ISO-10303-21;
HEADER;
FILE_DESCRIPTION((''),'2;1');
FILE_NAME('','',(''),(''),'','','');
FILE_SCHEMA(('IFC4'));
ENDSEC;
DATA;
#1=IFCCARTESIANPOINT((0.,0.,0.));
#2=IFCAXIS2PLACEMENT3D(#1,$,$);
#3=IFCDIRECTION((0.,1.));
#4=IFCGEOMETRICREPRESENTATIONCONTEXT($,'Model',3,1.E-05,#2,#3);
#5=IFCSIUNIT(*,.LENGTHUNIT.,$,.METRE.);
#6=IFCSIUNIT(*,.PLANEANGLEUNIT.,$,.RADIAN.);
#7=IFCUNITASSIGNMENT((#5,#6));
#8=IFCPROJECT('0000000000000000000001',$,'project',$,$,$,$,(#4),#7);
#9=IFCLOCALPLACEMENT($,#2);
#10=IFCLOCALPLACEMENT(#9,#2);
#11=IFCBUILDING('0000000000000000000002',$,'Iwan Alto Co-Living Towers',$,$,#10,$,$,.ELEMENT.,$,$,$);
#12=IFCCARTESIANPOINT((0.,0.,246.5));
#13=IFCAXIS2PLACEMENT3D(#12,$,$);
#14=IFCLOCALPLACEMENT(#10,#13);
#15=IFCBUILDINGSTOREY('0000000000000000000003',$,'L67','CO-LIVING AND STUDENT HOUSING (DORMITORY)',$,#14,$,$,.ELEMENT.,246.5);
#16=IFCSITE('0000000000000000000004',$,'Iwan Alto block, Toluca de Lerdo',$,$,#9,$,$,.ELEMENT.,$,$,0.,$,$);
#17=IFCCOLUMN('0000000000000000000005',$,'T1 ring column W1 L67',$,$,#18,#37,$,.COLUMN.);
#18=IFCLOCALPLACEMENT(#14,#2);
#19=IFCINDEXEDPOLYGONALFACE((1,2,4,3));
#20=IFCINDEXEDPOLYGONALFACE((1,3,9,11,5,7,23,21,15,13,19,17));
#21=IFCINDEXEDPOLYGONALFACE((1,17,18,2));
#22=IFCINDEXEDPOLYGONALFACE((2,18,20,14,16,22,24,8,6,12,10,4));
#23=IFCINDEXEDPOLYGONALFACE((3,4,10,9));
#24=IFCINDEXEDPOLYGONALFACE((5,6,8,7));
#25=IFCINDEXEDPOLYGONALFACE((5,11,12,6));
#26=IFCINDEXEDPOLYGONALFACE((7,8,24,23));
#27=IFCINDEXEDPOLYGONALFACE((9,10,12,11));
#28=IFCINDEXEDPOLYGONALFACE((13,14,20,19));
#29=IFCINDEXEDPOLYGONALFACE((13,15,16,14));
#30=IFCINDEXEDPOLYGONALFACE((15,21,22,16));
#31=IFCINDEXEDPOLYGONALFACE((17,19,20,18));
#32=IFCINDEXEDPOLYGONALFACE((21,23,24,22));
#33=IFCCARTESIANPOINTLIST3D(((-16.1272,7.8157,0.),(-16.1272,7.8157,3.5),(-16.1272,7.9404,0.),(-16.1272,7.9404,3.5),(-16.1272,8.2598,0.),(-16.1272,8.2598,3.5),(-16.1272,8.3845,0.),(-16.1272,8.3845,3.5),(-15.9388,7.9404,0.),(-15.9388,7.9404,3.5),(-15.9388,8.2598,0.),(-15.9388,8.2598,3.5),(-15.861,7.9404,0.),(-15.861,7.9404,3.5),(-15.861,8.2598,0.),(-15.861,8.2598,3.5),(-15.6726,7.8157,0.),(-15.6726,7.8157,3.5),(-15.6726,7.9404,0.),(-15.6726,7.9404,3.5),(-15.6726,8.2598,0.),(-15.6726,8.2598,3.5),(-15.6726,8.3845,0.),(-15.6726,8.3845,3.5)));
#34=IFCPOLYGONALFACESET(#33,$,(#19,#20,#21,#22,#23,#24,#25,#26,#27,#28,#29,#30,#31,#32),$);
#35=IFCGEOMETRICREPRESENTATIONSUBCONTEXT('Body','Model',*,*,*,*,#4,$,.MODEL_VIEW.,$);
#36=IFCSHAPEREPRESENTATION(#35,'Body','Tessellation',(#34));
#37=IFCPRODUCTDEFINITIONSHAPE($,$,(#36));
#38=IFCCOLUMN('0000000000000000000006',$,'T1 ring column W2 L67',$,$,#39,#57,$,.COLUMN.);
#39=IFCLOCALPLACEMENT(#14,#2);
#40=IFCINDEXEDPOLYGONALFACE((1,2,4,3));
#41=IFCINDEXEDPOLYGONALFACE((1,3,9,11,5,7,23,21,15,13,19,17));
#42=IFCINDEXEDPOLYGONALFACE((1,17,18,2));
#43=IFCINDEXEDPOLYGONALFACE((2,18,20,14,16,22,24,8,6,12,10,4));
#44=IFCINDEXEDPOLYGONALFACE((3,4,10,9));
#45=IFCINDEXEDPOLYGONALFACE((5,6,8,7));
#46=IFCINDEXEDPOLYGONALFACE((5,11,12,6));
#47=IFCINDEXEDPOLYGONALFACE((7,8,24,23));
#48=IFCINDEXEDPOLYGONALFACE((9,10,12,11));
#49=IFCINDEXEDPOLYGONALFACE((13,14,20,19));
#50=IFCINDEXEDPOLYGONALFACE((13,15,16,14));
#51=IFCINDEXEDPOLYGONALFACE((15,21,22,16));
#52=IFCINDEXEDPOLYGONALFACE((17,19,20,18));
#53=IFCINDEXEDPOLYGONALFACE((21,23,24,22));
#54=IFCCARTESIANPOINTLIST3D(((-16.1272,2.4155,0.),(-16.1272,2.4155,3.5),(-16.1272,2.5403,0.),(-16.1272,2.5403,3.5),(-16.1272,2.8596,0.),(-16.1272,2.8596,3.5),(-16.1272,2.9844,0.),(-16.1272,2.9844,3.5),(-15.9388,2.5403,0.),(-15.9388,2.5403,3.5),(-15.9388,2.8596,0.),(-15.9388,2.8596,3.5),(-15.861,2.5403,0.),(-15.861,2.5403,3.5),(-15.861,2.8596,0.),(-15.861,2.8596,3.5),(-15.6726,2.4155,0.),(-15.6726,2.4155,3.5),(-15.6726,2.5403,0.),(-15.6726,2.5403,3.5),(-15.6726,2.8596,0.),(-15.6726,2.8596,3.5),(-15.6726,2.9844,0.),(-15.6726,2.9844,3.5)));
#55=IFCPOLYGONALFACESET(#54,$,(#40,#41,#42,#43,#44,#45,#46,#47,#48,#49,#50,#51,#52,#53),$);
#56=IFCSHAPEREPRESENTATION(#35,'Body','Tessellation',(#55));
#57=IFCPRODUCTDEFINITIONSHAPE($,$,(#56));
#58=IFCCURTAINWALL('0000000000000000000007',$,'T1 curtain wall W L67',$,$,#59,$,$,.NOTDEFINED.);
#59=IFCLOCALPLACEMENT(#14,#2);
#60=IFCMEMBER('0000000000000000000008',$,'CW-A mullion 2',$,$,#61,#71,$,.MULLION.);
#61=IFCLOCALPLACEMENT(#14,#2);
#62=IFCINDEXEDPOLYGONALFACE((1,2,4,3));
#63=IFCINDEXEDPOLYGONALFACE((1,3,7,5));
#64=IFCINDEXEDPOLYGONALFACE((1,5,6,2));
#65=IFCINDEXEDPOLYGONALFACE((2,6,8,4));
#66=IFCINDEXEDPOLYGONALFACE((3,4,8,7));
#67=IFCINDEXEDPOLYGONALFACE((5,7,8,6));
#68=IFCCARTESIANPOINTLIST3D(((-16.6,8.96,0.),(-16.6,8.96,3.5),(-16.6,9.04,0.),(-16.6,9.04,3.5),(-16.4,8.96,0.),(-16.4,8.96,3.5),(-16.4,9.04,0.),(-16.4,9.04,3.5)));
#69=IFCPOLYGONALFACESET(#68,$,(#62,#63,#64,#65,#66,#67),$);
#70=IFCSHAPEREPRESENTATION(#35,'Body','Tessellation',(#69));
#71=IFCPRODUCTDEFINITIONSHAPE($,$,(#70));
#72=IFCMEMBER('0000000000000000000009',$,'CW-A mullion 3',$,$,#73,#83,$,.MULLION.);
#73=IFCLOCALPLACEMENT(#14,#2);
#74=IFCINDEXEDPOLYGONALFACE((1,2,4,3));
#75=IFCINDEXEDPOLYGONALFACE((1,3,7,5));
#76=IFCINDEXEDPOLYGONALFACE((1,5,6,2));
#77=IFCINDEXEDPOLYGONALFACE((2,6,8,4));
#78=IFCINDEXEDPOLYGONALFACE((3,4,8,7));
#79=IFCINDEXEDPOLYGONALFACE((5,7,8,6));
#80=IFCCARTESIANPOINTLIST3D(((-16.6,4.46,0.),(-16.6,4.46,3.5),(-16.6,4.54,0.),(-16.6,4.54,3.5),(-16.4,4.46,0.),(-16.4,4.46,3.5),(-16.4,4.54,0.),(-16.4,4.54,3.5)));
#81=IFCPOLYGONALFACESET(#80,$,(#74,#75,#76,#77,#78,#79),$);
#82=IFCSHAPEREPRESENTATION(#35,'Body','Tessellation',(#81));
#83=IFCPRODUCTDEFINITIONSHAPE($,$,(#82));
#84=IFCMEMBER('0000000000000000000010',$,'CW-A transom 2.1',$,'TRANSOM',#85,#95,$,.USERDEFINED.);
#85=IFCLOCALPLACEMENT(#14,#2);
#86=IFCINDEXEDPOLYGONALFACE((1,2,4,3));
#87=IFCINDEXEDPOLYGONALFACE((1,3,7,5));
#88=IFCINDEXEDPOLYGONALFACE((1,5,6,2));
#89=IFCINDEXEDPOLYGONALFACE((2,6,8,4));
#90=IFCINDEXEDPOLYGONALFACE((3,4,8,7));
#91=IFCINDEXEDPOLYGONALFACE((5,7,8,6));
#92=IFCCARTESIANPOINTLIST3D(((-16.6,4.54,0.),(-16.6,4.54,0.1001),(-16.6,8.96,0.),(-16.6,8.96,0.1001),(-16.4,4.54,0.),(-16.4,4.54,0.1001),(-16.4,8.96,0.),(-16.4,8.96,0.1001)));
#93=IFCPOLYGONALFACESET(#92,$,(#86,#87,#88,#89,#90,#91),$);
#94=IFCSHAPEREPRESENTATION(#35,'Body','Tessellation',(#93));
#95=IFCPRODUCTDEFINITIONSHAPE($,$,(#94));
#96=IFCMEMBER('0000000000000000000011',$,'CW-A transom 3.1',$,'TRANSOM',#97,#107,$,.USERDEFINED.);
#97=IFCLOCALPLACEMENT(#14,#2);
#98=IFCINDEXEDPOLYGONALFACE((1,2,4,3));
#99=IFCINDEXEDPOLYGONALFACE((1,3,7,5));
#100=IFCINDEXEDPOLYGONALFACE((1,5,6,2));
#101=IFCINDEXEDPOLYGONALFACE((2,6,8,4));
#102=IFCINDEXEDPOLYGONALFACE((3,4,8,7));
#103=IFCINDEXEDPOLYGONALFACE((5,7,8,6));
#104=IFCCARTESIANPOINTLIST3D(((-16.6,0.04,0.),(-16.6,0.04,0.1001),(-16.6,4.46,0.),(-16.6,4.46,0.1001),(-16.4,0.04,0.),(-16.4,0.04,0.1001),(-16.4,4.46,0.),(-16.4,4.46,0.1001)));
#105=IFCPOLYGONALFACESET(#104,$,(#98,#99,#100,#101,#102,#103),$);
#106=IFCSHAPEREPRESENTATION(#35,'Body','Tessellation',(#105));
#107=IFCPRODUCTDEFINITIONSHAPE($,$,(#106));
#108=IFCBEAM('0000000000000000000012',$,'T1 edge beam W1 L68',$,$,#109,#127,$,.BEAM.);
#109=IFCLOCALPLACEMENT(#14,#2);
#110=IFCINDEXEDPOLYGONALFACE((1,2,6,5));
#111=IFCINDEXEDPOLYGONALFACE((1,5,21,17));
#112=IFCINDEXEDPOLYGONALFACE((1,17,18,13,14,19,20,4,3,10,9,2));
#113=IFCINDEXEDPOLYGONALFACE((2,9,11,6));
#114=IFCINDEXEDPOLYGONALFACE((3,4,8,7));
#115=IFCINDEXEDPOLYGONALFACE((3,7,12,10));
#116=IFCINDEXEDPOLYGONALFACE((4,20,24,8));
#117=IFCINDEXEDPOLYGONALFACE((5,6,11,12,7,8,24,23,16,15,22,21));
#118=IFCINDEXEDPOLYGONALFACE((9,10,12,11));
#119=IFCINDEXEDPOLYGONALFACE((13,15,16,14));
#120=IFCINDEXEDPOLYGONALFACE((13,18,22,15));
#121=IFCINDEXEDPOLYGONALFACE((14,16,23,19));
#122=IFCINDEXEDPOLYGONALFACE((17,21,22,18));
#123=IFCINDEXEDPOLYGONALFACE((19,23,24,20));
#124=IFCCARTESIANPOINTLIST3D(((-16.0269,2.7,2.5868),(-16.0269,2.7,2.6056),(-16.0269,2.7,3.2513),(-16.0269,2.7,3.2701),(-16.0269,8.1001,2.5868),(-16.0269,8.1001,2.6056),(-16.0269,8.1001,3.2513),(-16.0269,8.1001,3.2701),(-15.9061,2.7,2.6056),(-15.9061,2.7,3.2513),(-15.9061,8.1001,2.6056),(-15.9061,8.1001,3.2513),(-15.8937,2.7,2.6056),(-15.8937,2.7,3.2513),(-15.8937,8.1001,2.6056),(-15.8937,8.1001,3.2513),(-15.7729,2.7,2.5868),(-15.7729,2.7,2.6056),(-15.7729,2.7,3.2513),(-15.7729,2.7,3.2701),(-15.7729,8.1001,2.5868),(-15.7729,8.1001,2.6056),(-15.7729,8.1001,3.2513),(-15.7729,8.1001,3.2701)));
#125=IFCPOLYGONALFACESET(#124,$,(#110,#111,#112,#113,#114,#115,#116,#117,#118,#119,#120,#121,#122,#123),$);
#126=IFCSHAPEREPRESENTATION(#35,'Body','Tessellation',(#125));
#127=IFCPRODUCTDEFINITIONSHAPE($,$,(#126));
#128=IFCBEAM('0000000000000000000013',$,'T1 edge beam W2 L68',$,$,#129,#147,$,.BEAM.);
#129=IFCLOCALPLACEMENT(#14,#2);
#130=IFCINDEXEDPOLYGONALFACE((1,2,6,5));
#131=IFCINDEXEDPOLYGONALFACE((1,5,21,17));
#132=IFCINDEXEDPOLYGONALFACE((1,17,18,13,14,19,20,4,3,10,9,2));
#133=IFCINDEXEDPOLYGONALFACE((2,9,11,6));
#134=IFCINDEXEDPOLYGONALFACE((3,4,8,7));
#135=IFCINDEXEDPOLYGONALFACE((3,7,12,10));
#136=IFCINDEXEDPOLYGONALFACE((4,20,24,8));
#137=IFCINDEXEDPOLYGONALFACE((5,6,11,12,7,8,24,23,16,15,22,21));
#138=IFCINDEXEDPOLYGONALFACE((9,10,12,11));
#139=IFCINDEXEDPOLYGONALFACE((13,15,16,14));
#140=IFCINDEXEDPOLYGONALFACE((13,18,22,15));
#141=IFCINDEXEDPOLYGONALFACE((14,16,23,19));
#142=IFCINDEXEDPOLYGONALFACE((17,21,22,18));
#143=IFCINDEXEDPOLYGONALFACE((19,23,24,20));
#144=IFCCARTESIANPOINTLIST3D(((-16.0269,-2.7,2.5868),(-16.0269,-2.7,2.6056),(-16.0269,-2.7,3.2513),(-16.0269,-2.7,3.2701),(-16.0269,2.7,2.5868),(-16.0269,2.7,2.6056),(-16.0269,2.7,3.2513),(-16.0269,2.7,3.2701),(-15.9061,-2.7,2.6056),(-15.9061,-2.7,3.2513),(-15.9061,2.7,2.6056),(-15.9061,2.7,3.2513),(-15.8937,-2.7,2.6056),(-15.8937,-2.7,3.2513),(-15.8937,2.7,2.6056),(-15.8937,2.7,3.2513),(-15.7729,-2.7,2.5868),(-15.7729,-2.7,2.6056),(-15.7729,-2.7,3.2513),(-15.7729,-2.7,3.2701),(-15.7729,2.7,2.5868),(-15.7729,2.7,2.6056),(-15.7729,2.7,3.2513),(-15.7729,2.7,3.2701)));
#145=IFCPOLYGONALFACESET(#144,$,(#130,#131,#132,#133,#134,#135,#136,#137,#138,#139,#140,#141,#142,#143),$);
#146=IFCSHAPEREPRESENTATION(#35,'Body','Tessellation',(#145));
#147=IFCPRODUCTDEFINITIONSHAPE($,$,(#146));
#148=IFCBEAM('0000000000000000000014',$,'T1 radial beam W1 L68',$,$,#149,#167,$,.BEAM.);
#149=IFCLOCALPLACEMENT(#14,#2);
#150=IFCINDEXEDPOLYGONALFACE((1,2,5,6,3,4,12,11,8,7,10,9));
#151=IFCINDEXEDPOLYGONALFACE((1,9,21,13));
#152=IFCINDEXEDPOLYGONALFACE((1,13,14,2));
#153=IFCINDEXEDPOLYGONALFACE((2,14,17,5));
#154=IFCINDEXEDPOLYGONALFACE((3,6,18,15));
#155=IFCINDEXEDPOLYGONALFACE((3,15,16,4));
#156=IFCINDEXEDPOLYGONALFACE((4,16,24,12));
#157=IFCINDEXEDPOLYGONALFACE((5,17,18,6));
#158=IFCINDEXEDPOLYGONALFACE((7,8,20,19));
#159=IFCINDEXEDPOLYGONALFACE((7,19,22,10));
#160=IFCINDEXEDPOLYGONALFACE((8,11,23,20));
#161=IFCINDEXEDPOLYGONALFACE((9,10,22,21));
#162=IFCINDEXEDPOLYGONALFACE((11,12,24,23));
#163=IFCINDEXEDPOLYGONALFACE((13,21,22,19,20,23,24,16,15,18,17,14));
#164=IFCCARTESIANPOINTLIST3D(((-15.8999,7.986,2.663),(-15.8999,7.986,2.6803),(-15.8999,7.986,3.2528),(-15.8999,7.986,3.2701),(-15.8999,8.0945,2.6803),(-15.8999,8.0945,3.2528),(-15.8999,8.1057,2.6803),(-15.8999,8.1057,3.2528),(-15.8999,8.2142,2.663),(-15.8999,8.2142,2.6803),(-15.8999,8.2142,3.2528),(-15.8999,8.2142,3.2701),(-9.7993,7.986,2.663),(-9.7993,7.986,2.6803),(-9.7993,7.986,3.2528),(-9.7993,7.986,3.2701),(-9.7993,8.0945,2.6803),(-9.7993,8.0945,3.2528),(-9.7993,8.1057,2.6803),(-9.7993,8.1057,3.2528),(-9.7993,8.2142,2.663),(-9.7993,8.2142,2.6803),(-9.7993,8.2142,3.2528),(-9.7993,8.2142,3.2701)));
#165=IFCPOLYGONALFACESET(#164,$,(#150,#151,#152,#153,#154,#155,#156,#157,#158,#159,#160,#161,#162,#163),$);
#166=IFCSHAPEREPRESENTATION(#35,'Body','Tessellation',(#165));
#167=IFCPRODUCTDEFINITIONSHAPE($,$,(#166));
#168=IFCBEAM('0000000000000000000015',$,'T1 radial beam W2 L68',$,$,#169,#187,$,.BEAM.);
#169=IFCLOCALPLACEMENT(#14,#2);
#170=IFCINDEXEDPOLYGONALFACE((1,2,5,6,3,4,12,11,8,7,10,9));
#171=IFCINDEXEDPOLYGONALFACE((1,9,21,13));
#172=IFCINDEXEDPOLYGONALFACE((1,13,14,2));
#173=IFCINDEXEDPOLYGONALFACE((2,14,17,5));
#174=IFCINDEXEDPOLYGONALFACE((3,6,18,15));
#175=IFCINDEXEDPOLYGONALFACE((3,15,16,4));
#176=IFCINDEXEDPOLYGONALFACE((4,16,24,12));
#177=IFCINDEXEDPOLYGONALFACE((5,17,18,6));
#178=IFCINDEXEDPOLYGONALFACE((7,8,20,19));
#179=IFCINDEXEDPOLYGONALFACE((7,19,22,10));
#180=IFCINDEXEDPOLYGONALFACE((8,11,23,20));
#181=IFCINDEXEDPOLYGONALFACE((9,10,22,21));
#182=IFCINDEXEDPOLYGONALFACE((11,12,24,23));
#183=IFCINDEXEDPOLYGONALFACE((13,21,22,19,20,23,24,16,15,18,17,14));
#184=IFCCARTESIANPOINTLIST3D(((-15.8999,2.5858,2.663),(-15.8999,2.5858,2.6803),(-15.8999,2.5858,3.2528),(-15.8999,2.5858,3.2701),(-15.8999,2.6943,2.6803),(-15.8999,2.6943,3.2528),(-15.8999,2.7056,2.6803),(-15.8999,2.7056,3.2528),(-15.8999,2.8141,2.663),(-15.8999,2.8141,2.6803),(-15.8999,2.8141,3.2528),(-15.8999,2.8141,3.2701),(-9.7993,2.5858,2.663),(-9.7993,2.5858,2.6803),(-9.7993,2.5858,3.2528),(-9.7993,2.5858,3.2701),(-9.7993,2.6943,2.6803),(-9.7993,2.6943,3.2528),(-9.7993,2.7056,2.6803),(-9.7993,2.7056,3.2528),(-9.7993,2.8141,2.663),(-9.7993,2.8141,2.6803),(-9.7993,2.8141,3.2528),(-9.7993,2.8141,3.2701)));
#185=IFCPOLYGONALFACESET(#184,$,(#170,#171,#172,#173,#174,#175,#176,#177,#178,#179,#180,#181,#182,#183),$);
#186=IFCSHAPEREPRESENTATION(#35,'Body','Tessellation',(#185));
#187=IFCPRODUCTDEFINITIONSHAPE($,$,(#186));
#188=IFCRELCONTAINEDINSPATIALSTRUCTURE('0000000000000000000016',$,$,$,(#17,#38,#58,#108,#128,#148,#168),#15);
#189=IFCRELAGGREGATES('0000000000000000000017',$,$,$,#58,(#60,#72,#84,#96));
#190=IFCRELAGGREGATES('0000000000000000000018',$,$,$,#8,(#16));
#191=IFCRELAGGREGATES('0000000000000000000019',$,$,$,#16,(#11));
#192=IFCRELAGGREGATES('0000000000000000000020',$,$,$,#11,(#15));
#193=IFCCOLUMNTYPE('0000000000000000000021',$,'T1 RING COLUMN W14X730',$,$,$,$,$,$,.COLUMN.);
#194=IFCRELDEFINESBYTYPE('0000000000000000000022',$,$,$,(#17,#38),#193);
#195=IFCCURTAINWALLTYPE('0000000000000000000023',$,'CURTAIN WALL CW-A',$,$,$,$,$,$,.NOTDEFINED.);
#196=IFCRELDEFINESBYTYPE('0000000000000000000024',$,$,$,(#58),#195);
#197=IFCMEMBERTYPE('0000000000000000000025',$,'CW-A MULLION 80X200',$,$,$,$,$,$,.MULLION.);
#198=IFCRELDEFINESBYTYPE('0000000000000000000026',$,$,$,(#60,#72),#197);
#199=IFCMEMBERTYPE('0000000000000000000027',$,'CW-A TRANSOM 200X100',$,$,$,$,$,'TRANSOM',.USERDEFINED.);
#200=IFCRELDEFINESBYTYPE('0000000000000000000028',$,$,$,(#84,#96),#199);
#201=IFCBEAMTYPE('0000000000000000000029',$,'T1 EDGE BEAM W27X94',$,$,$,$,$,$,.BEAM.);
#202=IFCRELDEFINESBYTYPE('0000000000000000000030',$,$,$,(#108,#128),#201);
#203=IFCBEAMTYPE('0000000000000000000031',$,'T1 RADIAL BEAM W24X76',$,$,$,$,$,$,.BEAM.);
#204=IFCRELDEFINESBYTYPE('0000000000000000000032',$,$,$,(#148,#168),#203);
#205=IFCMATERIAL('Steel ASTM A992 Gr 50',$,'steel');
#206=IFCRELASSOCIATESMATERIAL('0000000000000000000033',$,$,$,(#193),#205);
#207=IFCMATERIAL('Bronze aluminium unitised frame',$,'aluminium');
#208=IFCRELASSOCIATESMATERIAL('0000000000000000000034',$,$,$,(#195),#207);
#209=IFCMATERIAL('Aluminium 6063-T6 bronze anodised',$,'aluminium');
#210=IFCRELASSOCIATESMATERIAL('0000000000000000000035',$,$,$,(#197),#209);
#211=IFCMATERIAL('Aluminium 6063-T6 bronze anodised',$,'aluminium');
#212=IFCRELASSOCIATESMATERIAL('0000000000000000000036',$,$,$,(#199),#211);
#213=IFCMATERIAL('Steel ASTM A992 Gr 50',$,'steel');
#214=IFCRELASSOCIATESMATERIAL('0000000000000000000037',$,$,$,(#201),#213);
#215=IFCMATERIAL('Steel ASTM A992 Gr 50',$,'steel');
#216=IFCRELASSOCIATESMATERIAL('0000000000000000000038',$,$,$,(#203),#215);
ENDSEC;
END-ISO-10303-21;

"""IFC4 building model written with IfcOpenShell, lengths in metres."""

from ifc_helpers import new_model, si_unit, direction, frame, origin, origin_2d, place, context, subcontext, project, spatial, rectangle, i_section, extrude, material, material_profile, profile_set, type_object, element, aggregate, save


model = new_model("IFC4")

# Units and contexts
model_context = context("Model", 3, precision=1e-05, world=origin(), true_north=direction((0.0, 1.0)))
body_context = subcontext(model_context, "Body", "Model", "MODEL_VIEW")
ifc_project = project(units=[si_unit("LENGTHUNIT", "METRE"), si_unit("PLANEANGLEUNIT", "RADIAN")], contexts=[model_context])

# Site, building, storey
site_placement = place(None, origin())
site = spatial("IfcSite", under=ifc_project, at=site_placement, Name="Iwan Alto block, Toluca de Lerdo", CompositionType="ELEMENT", RefElevation=0.0)
building_placement = place(site_placement, origin())
building = spatial("IfcBuilding", under=site, at=building_placement, Name="Iwan Alto Co-Living Towers", CompositionType="ELEMENT")
storey_placement = place(building_placement, frame((0.0, 0.0, 246.5)))
storey = spatial("IfcBuildingStorey", under=building, at=storey_placement, Name="L67", Description="CO-LIVING AND STUDENT HOUSING (DORMITORY)", CompositionType="ELEMENT", Elevation=246.5)

# Columns
ifc_material_1 = material(Name="Steel ASTM A992 Gr 50", Category="steel")
ifc_material_profile_1 = material_profile(ifc_material_1, i_section(OverallWidth=0.4546, OverallDepth=0.5688, WebThickness=0.0779, FlangeThickness=0.1248, at=origin_2d()), Name="W14X730")
ifc_profile_set_1 = profile_set([ifc_material_profile_1], Name="Steel ASTM A992 Gr 50")
column_type = type_object("IfcColumnType", Name="T1 RING COLUMN W14X730", PredefinedType="COLUMN", material=ifc_profile_set_1)
for number, where, z_axis, x_axis, name in (
    (1, (-15.8999, 8.1001, 0.0), (0.0, 0.0, 1.0), (1.0, 0.0, 0.0), "T1 ring column W1 L67"),
    (2, (-15.8999, 2.7, 0.0), (0.0, 0.0, 1.0), (1.0, 0.0, 0.0), "T1 ring column W2 L67"),
):
    element("IfcColumn", number, at=place(storey_placement, frame(where, z_axis=z_axis, x_axis=x_axis)), inside=storey, type_object=column_type, Name=name, PredefinedType="COLUMN", context=body_context, shape_type="SweptSolid", body=[
        extrude(i_section(OverallWidth=0.4546, OverallDepth=0.5688, WebThickness=0.0779, FlangeThickness=0.1248, at=origin_2d()), origin(), (0.0, 0.0, 1.0), 3.5),
    ])

# Curtain wall, members
ifc_material_2 = material(Name="Bronze aluminium unitised frame", Category="aluminium")
curtain_wall_type = type_object("IfcCurtainWallType", Name="CURTAIN WALL CW-A", PredefinedType="NOTDEFINED", material=ifc_material_2)
curtain_wall_placement = place(storey_placement, origin())
curtain_wall = element("IfcCurtainWall", 3, at=curtain_wall_placement, inside=storey, type_object=curtain_wall_type, Name="T1 curtain wall W L67", PredefinedType="NOTDEFINED")
ifc_material_3 = material(Name="Aluminium 6063-T6 bronze anodised", Category="aluminium")
ifc_material_profile_2 = material_profile(ifc_material_3, rectangle(XDim=0.2, YDim=0.0801, at=origin_2d()), Name="AL 80X200")
ifc_profile_set_2 = profile_set([ifc_material_profile_2], Name="Aluminium 6063-T6 bronze anodised")
member_type_1 = type_object("IfcMemberType", Name="CW-A MULLION 80X200", PredefinedType="MULLION", material=ifc_profile_set_2)
member_1_placement = place(storey_placement, frame((-16.5, 9.0, 0.0), z_axis=(0.0, 0.0, 1.0), x_axis=(1.0, 0.0, 0.0)))
member_1 = element("IfcMember", 4, at=member_1_placement, type_object=member_type_1, Name="CW-A mullion 2", PredefinedType="MULLION", context=body_context, shape_type="SweptSolid", body=[
    extrude(rectangle(XDim=0.2, YDim=0.0801, at=origin_2d()), origin(), (0.0, 0.0, 1.0), 3.5),
])
member_2_placement = place(storey_placement, frame((-16.5, 4.5, 0.0), z_axis=(0.0, 0.0, 1.0), x_axis=(1.0, 0.0, 0.0)))
member_2 = element("IfcMember", 5, at=member_2_placement, type_object=member_type_1, Name="CW-A mullion 3", PredefinedType="MULLION", context=body_context, shape_type="SweptSolid", body=[
    extrude(rectangle(XDim=0.2, YDim=0.0801, at=origin_2d()), origin(), (0.0, 0.0, 1.0), 3.5),
])
ifc_material_4 = material(Name="Aluminium 6063-T6 bronze anodised", Category="aluminium")
ifc_material_profile_3 = material_profile(ifc_material_4, rectangle(XDim=0.2, YDim=0.1001, at=origin_2d()), Name="AL 200X100")
ifc_profile_set_3 = profile_set([ifc_material_profile_3], Name="Aluminium 6063-T6 bronze anodised")
member_type_2 = type_object("IfcMemberType", Name="CW-A TRANSOM 200X100", ElementType="TRANSOM", PredefinedType="USERDEFINED", material=ifc_profile_set_3)
member_3_placement = place(storey_placement, frame((-16.5, 8.96, 0.05), z_axis=(0.0, -1.0, 0.0), x_axis=(1.0, 0.0, 0.0)))
member_3 = element("IfcMember", 6, at=member_3_placement, type_object=member_type_2, Name="CW-A transom 2.1", ObjectType="TRANSOM", PredefinedType="USERDEFINED", context=body_context, shape_type="SweptSolid", body=[
    extrude(rectangle(XDim=0.2, YDim=0.1001, at=origin_2d()), origin(), (0.0, 0.0, 1.0), 4.4199),
])
member_4_placement = place(storey_placement, frame((-16.5, 4.46, 0.05), z_axis=(0.0, -1.0, 0.0), x_axis=(1.0, 0.0, 0.0)))
member_4 = element("IfcMember", 7, at=member_4_placement, type_object=member_type_2, Name="CW-A transom 3.1", ObjectType="TRANSOM", PredefinedType="USERDEFINED", context=body_context, shape_type="SweptSolid", body=[
    extrude(rectangle(XDim=0.2, YDim=0.1001, at=origin_2d()), origin(), (0.0, 0.0, 1.0), 4.4199),
])

# Beams
ifc_material_5 = material(Name="Steel ASTM A992 Gr 50", Category="steel")
ifc_material_profile_4 = material_profile(ifc_material_5, i_section(OverallWidth=0.2539, OverallDepth=0.6833, WebThickness=0.0125, FlangeThickness=0.0188, at=origin_2d()), Name="W27X94")
ifc_profile_set_4 = profile_set([ifc_material_profile_4], Name="Steel ASTM A992 Gr 50")
beam_type_1 = type_object("IfcBeamType", Name="T1 EDGE BEAM W27X94", PredefinedType="BEAM", material=ifc_profile_set_4)
beam_1_placement = place(storey_placement, frame((-15.8999, 8.1001, 2.9285), z_axis=(0.0, -1.0, 0.0), x_axis=(1.0, 0.0, 0.0)))
element("IfcBeam", 8, at=beam_1_placement, inside=storey, type_object=beam_type_1, Name="T1 edge beam W1 L68", PredefinedType="BEAM", context=body_context, shape_type="SweptSolid", body=[
    extrude(i_section(OverallWidth=0.2539, OverallDepth=0.6833, WebThickness=0.0125, FlangeThickness=0.0188, at=origin_2d()), origin(), (0.0, 0.0, 1.0), 5.4001),
])
beam_2_placement = place(storey_placement, frame((-15.8999, 2.7, 2.9285), z_axis=(0.0, -1.0, 0.0), x_axis=(1.0, 0.0, 0.0)))
element("IfcBeam", 9, at=beam_2_placement, inside=storey, type_object=beam_type_1, Name="T1 edge beam W2 L68", PredefinedType="BEAM", context=body_context, shape_type="SweptSolid", body=[
    extrude(i_section(OverallWidth=0.2539, OverallDepth=0.6833, WebThickness=0.0125, FlangeThickness=0.0188, at=origin_2d()), origin(), (0.0, 0.0, 1.0), 5.3999),
])
ifc_material_6 = material(Name="Steel ASTM A992 Gr 50", Category="steel")
ifc_material_profile_5 = material_profile(ifc_material_6, i_section(OverallWidth=0.2283, OverallDepth=0.6072, WebThickness=0.0112, FlangeThickness=0.0173, at=origin_2d()), Name="W24X76")
ifc_profile_set_5 = profile_set([ifc_material_profile_5], Name="Steel ASTM A992 Gr 50")
beam_type_2 = type_object("IfcBeamType", Name="T1 RADIAL BEAM W24X76", PredefinedType="BEAM", material=ifc_profile_set_5)
for number, where, z_axis, x_axis, name in (
    (10, (-15.8999, 8.1001, 2.9666), (1.0, 0.0, 0.0), (0.0, 1.0, 0.0), "T1 radial beam W1 L68"),
    (11, (-15.8999, 2.7, 2.9666), (1.0, 0.0, 0.0), (0.0, 1.0, 0.0), "T1 radial beam W2 L68"),
):
    element("IfcBeam", number, at=place(storey_placement, frame(where, z_axis=z_axis, x_axis=x_axis)), inside=storey, type_object=beam_type_2, Name=name, PredefinedType="BEAM", context=body_context, shape_type="SweptSolid", body=[
        extrude(i_section(OverallWidth=0.2283, OverallDepth=0.6072, WebThickness=0.0112, FlangeThickness=0.0173, at=origin_2d()), origin(), (0.0, 0.0, 1.0), 6.1006),
    ])

aggregate(curtain_wall, [member_1, member_2, member_3, member_4])

save(model, "model.ifc")
